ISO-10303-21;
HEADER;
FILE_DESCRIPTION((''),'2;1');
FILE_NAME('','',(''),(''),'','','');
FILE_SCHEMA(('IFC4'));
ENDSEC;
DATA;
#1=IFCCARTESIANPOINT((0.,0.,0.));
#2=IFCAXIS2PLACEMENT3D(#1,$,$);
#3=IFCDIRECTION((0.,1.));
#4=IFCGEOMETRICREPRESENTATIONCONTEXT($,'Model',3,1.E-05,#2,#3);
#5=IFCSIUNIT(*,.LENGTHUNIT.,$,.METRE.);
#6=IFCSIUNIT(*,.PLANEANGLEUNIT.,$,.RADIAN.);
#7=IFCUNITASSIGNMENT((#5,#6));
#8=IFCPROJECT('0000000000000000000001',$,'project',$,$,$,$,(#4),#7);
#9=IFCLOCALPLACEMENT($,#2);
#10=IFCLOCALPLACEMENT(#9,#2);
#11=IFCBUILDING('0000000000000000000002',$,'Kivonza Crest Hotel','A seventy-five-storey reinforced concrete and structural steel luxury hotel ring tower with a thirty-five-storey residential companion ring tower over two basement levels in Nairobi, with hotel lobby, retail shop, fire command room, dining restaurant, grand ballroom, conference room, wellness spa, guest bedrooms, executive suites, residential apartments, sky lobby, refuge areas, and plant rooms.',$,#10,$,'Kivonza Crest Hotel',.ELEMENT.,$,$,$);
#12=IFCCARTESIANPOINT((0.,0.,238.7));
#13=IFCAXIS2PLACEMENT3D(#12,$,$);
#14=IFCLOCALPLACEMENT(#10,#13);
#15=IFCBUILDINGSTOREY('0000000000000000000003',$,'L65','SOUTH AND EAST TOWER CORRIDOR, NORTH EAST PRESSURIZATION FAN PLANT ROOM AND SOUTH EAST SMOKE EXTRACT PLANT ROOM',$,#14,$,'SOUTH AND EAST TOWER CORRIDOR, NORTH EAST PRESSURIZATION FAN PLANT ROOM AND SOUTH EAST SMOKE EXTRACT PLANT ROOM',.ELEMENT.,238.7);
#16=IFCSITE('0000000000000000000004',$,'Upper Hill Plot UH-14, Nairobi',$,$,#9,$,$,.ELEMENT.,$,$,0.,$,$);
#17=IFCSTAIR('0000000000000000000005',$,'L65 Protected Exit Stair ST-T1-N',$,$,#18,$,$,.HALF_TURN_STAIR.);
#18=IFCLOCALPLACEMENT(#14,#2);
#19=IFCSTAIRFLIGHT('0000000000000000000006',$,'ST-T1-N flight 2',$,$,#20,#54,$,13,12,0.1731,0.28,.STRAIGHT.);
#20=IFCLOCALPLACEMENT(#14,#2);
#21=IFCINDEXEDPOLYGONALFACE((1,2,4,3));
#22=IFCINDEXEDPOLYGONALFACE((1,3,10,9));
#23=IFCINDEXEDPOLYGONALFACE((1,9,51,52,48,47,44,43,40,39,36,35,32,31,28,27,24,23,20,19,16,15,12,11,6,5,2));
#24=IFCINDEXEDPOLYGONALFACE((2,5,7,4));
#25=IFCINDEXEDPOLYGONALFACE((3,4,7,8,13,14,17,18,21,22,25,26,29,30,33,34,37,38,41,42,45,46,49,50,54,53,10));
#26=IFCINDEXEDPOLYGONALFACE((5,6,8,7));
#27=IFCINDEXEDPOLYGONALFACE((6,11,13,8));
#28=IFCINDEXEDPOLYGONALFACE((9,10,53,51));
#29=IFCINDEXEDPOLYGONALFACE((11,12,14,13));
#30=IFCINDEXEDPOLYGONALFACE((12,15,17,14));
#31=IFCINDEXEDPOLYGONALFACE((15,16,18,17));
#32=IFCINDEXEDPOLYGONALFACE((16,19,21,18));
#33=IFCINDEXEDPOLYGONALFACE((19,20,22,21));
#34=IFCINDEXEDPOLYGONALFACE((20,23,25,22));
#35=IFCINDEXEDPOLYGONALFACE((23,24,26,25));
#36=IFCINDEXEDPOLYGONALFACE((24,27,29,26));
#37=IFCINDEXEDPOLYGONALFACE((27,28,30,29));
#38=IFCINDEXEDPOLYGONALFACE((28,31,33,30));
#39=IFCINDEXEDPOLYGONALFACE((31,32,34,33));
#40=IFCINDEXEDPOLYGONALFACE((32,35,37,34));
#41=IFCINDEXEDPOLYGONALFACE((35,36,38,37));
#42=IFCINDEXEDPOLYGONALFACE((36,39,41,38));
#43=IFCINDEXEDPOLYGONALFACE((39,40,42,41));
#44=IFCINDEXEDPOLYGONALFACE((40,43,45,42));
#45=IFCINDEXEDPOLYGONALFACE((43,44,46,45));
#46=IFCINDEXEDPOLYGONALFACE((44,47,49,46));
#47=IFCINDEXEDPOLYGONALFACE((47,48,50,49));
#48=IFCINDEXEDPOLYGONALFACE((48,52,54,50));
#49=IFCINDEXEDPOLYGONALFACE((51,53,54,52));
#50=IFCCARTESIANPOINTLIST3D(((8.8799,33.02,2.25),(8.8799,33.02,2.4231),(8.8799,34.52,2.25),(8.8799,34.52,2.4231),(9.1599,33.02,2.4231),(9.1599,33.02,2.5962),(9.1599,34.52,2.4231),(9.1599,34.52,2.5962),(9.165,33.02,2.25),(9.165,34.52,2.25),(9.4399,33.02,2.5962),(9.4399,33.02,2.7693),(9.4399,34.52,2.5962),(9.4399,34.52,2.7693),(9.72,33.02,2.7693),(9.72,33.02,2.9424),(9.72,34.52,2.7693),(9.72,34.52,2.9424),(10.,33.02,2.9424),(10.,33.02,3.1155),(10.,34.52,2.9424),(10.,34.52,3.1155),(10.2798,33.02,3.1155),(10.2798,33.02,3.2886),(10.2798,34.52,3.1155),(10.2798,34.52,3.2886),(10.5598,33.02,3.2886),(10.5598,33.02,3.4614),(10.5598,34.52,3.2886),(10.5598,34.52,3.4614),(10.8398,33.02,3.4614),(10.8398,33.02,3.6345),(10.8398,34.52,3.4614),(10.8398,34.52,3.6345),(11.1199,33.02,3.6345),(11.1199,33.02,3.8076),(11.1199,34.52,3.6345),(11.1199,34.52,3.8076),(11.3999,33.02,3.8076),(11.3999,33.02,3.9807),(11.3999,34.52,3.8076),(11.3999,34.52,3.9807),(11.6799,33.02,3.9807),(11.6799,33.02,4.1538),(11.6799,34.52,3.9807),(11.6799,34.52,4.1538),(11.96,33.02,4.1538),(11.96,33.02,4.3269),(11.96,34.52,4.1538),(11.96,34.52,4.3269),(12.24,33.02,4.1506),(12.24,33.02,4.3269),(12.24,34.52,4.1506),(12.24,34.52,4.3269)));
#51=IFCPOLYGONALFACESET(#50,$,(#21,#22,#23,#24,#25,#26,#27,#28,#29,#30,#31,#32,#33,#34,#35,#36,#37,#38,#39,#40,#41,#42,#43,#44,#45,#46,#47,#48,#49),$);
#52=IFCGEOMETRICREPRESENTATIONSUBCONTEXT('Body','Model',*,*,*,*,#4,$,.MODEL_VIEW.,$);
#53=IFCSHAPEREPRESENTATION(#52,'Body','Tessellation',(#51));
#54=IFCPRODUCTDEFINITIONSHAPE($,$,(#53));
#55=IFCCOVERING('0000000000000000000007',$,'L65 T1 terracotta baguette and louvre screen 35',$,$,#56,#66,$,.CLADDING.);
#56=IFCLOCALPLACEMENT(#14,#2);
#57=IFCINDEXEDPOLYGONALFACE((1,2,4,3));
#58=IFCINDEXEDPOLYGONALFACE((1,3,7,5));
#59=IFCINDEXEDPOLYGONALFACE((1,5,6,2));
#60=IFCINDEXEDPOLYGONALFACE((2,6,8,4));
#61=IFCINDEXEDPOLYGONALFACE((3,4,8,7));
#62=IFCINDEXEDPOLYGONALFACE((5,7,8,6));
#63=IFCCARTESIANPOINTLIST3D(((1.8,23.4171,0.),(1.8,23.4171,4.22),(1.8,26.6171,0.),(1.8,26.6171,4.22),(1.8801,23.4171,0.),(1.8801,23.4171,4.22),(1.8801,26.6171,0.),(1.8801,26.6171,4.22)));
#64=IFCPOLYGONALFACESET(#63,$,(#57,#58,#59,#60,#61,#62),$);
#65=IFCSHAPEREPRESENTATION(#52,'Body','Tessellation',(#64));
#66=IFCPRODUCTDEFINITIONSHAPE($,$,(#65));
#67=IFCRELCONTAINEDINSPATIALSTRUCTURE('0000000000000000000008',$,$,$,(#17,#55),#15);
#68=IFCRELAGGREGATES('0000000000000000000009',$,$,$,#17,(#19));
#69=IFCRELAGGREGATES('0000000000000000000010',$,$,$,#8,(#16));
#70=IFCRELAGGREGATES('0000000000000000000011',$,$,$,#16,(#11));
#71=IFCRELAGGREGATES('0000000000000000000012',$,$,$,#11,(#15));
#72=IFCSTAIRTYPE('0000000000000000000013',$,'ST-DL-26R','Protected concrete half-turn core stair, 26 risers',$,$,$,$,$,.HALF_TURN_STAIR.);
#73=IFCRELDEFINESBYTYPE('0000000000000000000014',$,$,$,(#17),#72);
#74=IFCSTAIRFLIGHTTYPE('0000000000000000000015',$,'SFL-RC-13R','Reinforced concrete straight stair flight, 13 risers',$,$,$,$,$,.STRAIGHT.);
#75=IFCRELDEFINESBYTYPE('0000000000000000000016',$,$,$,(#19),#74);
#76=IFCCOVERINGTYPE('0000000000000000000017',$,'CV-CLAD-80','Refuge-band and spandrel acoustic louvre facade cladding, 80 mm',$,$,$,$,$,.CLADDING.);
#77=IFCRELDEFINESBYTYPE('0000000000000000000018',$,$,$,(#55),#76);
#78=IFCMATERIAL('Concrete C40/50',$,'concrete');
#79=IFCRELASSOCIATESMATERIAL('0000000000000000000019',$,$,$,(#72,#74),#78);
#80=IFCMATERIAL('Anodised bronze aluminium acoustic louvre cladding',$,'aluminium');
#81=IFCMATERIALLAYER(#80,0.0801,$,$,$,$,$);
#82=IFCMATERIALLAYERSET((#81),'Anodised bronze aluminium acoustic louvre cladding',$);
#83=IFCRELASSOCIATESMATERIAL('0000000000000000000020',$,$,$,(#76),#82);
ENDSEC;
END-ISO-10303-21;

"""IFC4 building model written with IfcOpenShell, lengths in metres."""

from ifc_helpers import new_model, si_unit, direction, frame, origin, origin_2d, place, context, subcontext, project, spatial, polyline, rectangle, outline, extrude, material, layer, layer_set, type_object, element, aggregate, save


model = new_model("IFC4")

# Units and contexts
model_context = context("Model", 3, precision=1e-05, world=origin(), true_north=direction((0.0, 1.0)))
body_context = subcontext(model_context, "Body", "Model", "MODEL_VIEW")
ifc_project = project(units=[si_unit("LENGTHUNIT", "METRE"), si_unit("PLANEANGLEUNIT", "RADIAN")], contexts=[model_context])

# Site, building, storey
site_placement = place(None, origin())
site = spatial("IfcSite", under=ifc_project, at=site_placement, Name="Upper Hill Plot UH-14, Nairobi", CompositionType="ELEMENT", RefElevation=0.0)
building_placement = place(site_placement, origin())
building = spatial("IfcBuilding", under=site, at=building_placement, Name="Kivonza Crest Hotel", Description="A seventy-five-storey reinforced concrete and structural steel luxury hotel ring tower with a thirty-five-storey residential companion ring tower over two basement levels in Nairobi, with hotel lobby, retail shop, fire command room, dining restaurant, grand ballroom, conference room, wellness spa, guest bedrooms, executive suites, residential apartments, sky lobby, refuge areas, and plant rooms.", LongName="Kivonza Crest Hotel", CompositionType="ELEMENT")
storey_placement = place(building_placement, frame((0.0, 0.0, 238.7)))
storey = spatial("IfcBuildingStorey", under=building, at=storey_placement, Name="L65", Description="SOUTH AND EAST TOWER CORRIDOR, NORTH EAST PRESSURIZATION FAN PLANT ROOM AND SOUTH EAST SMOKE EXTRACT PLANT ROOM", LongName="SOUTH AND EAST TOWER CORRIDOR, NORTH EAST PRESSURIZATION FAN PLANT ROOM AND SOUTH EAST SMOKE EXTRACT PLANT ROOM", CompositionType="ELEMENT", Elevation=238.7)

# Stair, stair flight
ifc_material_1 = material(Name="Concrete C40/50", Category="concrete")
stair_type = type_object("IfcStairType", Name="ST-DL-26R", Description="Protected concrete half-turn core stair, 26 risers", PredefinedType="HALF_TURN_STAIR", material=ifc_material_1)
stair_placement = place(storey_placement, origin())
stair = element("IfcStair", 1, at=stair_placement, inside=storey, type_object=stair_type, Name="L65 Protected Exit Stair ST-T1-N", PredefinedType="HALF_TURN_STAIR")
stair_flight_type = type_object("IfcStairFlightType", Name="SFL-RC-13R", Description="Reinforced concrete straight stair flight, 13 risers", PredefinedType="STRAIGHT", material=ifc_material_1)
stair_flight_placement = place(storey_placement, frame((8.8799, 33.77, 2.25), z_axis=(0.0, 0.0, 1.0), x_axis=(1.0, 0.0, 0.0)))
stair_flight = element("IfcStairFlight", 2, at=stair_flight_placement, type_object=stair_flight_type, Name="ST-T1-N flight 2", NumberOfRisers=13, NumberOfTreads=12, PredefinedType="STRAIGHT", RiserHeight=0.1731, TreadLength=0.28, context=body_context, shape_type="SweptSolid", body=[
    extrude(outline(polyline([(0.0, 0.0), (0.0, 0.1731), (0.28, 0.1731), (0.28, 0.3462), (0.5601, 0.3462), (0.5601, 0.5193), (0.8401, 0.5193), (0.8401, 0.6924), (1.1201, 0.6924), (1.1201, 0.8655), (1.3999, 0.8655), (1.3999, 1.0386), (1.6799, 1.0386), (1.6799, 1.2114), (1.96, 1.2114), (1.96, 1.3845), (2.24, 1.3845), (2.24, 1.5576), (2.52, 1.5576), (2.52, 1.7307), (2.8, 1.7307), (2.8, 1.9038), (3.0801, 1.9038), (3.0801, 2.0769), (3.3601, 2.0769), (3.3601, 2.25), (3.3601, 1.9006), (0.2852, 0.0), (0.0, 0.0)])), frame((0.0, 0.75, 0.0), z_axis=(0.0, -1.0, 0.0), x_axis=(1.0, 0.0, 0.0)), (0.0, 0.0, 1.0), 1.5),
])
aggregate(stair, [stair_flight])

# Covering
ifc_material_2 = material(Name="Anodised bronze aluminium acoustic louvre cladding", Category="aluminium")
ifc_layer_1 = layer(ifc_material_2, 0.0801)
ifc_layer_set_1 = layer_set([ifc_layer_1], Name="Anodised bronze aluminium acoustic louvre cladding")
covering_type = type_object("IfcCoveringType", Name="CV-CLAD-80", Description="Refuge-band and spandrel acoustic louvre facade cladding, 80 mm", PredefinedType="CLADDING", material=ifc_layer_set_1)
covering_placement = place(storey_placement, frame((1.8401, 25.0171, 0.0), z_axis=(0.0, 0.0, 1.0), x_axis=(0.0, -1.0, 0.0)))
element("IfcCovering", 3, at=covering_placement, inside=storey, type_object=covering_type, Name="L65 T1 terracotta baguette and louvre screen 35", PredefinedType="CLADDING", context=body_context, shape_type="SweptSolid", body=[
    extrude(rectangle(XDim=3.2, YDim=0.0801, at=origin_2d()), origin(), (0.0, 0.0, 1.0), 4.22),
])

save(model, "model.ifc")
